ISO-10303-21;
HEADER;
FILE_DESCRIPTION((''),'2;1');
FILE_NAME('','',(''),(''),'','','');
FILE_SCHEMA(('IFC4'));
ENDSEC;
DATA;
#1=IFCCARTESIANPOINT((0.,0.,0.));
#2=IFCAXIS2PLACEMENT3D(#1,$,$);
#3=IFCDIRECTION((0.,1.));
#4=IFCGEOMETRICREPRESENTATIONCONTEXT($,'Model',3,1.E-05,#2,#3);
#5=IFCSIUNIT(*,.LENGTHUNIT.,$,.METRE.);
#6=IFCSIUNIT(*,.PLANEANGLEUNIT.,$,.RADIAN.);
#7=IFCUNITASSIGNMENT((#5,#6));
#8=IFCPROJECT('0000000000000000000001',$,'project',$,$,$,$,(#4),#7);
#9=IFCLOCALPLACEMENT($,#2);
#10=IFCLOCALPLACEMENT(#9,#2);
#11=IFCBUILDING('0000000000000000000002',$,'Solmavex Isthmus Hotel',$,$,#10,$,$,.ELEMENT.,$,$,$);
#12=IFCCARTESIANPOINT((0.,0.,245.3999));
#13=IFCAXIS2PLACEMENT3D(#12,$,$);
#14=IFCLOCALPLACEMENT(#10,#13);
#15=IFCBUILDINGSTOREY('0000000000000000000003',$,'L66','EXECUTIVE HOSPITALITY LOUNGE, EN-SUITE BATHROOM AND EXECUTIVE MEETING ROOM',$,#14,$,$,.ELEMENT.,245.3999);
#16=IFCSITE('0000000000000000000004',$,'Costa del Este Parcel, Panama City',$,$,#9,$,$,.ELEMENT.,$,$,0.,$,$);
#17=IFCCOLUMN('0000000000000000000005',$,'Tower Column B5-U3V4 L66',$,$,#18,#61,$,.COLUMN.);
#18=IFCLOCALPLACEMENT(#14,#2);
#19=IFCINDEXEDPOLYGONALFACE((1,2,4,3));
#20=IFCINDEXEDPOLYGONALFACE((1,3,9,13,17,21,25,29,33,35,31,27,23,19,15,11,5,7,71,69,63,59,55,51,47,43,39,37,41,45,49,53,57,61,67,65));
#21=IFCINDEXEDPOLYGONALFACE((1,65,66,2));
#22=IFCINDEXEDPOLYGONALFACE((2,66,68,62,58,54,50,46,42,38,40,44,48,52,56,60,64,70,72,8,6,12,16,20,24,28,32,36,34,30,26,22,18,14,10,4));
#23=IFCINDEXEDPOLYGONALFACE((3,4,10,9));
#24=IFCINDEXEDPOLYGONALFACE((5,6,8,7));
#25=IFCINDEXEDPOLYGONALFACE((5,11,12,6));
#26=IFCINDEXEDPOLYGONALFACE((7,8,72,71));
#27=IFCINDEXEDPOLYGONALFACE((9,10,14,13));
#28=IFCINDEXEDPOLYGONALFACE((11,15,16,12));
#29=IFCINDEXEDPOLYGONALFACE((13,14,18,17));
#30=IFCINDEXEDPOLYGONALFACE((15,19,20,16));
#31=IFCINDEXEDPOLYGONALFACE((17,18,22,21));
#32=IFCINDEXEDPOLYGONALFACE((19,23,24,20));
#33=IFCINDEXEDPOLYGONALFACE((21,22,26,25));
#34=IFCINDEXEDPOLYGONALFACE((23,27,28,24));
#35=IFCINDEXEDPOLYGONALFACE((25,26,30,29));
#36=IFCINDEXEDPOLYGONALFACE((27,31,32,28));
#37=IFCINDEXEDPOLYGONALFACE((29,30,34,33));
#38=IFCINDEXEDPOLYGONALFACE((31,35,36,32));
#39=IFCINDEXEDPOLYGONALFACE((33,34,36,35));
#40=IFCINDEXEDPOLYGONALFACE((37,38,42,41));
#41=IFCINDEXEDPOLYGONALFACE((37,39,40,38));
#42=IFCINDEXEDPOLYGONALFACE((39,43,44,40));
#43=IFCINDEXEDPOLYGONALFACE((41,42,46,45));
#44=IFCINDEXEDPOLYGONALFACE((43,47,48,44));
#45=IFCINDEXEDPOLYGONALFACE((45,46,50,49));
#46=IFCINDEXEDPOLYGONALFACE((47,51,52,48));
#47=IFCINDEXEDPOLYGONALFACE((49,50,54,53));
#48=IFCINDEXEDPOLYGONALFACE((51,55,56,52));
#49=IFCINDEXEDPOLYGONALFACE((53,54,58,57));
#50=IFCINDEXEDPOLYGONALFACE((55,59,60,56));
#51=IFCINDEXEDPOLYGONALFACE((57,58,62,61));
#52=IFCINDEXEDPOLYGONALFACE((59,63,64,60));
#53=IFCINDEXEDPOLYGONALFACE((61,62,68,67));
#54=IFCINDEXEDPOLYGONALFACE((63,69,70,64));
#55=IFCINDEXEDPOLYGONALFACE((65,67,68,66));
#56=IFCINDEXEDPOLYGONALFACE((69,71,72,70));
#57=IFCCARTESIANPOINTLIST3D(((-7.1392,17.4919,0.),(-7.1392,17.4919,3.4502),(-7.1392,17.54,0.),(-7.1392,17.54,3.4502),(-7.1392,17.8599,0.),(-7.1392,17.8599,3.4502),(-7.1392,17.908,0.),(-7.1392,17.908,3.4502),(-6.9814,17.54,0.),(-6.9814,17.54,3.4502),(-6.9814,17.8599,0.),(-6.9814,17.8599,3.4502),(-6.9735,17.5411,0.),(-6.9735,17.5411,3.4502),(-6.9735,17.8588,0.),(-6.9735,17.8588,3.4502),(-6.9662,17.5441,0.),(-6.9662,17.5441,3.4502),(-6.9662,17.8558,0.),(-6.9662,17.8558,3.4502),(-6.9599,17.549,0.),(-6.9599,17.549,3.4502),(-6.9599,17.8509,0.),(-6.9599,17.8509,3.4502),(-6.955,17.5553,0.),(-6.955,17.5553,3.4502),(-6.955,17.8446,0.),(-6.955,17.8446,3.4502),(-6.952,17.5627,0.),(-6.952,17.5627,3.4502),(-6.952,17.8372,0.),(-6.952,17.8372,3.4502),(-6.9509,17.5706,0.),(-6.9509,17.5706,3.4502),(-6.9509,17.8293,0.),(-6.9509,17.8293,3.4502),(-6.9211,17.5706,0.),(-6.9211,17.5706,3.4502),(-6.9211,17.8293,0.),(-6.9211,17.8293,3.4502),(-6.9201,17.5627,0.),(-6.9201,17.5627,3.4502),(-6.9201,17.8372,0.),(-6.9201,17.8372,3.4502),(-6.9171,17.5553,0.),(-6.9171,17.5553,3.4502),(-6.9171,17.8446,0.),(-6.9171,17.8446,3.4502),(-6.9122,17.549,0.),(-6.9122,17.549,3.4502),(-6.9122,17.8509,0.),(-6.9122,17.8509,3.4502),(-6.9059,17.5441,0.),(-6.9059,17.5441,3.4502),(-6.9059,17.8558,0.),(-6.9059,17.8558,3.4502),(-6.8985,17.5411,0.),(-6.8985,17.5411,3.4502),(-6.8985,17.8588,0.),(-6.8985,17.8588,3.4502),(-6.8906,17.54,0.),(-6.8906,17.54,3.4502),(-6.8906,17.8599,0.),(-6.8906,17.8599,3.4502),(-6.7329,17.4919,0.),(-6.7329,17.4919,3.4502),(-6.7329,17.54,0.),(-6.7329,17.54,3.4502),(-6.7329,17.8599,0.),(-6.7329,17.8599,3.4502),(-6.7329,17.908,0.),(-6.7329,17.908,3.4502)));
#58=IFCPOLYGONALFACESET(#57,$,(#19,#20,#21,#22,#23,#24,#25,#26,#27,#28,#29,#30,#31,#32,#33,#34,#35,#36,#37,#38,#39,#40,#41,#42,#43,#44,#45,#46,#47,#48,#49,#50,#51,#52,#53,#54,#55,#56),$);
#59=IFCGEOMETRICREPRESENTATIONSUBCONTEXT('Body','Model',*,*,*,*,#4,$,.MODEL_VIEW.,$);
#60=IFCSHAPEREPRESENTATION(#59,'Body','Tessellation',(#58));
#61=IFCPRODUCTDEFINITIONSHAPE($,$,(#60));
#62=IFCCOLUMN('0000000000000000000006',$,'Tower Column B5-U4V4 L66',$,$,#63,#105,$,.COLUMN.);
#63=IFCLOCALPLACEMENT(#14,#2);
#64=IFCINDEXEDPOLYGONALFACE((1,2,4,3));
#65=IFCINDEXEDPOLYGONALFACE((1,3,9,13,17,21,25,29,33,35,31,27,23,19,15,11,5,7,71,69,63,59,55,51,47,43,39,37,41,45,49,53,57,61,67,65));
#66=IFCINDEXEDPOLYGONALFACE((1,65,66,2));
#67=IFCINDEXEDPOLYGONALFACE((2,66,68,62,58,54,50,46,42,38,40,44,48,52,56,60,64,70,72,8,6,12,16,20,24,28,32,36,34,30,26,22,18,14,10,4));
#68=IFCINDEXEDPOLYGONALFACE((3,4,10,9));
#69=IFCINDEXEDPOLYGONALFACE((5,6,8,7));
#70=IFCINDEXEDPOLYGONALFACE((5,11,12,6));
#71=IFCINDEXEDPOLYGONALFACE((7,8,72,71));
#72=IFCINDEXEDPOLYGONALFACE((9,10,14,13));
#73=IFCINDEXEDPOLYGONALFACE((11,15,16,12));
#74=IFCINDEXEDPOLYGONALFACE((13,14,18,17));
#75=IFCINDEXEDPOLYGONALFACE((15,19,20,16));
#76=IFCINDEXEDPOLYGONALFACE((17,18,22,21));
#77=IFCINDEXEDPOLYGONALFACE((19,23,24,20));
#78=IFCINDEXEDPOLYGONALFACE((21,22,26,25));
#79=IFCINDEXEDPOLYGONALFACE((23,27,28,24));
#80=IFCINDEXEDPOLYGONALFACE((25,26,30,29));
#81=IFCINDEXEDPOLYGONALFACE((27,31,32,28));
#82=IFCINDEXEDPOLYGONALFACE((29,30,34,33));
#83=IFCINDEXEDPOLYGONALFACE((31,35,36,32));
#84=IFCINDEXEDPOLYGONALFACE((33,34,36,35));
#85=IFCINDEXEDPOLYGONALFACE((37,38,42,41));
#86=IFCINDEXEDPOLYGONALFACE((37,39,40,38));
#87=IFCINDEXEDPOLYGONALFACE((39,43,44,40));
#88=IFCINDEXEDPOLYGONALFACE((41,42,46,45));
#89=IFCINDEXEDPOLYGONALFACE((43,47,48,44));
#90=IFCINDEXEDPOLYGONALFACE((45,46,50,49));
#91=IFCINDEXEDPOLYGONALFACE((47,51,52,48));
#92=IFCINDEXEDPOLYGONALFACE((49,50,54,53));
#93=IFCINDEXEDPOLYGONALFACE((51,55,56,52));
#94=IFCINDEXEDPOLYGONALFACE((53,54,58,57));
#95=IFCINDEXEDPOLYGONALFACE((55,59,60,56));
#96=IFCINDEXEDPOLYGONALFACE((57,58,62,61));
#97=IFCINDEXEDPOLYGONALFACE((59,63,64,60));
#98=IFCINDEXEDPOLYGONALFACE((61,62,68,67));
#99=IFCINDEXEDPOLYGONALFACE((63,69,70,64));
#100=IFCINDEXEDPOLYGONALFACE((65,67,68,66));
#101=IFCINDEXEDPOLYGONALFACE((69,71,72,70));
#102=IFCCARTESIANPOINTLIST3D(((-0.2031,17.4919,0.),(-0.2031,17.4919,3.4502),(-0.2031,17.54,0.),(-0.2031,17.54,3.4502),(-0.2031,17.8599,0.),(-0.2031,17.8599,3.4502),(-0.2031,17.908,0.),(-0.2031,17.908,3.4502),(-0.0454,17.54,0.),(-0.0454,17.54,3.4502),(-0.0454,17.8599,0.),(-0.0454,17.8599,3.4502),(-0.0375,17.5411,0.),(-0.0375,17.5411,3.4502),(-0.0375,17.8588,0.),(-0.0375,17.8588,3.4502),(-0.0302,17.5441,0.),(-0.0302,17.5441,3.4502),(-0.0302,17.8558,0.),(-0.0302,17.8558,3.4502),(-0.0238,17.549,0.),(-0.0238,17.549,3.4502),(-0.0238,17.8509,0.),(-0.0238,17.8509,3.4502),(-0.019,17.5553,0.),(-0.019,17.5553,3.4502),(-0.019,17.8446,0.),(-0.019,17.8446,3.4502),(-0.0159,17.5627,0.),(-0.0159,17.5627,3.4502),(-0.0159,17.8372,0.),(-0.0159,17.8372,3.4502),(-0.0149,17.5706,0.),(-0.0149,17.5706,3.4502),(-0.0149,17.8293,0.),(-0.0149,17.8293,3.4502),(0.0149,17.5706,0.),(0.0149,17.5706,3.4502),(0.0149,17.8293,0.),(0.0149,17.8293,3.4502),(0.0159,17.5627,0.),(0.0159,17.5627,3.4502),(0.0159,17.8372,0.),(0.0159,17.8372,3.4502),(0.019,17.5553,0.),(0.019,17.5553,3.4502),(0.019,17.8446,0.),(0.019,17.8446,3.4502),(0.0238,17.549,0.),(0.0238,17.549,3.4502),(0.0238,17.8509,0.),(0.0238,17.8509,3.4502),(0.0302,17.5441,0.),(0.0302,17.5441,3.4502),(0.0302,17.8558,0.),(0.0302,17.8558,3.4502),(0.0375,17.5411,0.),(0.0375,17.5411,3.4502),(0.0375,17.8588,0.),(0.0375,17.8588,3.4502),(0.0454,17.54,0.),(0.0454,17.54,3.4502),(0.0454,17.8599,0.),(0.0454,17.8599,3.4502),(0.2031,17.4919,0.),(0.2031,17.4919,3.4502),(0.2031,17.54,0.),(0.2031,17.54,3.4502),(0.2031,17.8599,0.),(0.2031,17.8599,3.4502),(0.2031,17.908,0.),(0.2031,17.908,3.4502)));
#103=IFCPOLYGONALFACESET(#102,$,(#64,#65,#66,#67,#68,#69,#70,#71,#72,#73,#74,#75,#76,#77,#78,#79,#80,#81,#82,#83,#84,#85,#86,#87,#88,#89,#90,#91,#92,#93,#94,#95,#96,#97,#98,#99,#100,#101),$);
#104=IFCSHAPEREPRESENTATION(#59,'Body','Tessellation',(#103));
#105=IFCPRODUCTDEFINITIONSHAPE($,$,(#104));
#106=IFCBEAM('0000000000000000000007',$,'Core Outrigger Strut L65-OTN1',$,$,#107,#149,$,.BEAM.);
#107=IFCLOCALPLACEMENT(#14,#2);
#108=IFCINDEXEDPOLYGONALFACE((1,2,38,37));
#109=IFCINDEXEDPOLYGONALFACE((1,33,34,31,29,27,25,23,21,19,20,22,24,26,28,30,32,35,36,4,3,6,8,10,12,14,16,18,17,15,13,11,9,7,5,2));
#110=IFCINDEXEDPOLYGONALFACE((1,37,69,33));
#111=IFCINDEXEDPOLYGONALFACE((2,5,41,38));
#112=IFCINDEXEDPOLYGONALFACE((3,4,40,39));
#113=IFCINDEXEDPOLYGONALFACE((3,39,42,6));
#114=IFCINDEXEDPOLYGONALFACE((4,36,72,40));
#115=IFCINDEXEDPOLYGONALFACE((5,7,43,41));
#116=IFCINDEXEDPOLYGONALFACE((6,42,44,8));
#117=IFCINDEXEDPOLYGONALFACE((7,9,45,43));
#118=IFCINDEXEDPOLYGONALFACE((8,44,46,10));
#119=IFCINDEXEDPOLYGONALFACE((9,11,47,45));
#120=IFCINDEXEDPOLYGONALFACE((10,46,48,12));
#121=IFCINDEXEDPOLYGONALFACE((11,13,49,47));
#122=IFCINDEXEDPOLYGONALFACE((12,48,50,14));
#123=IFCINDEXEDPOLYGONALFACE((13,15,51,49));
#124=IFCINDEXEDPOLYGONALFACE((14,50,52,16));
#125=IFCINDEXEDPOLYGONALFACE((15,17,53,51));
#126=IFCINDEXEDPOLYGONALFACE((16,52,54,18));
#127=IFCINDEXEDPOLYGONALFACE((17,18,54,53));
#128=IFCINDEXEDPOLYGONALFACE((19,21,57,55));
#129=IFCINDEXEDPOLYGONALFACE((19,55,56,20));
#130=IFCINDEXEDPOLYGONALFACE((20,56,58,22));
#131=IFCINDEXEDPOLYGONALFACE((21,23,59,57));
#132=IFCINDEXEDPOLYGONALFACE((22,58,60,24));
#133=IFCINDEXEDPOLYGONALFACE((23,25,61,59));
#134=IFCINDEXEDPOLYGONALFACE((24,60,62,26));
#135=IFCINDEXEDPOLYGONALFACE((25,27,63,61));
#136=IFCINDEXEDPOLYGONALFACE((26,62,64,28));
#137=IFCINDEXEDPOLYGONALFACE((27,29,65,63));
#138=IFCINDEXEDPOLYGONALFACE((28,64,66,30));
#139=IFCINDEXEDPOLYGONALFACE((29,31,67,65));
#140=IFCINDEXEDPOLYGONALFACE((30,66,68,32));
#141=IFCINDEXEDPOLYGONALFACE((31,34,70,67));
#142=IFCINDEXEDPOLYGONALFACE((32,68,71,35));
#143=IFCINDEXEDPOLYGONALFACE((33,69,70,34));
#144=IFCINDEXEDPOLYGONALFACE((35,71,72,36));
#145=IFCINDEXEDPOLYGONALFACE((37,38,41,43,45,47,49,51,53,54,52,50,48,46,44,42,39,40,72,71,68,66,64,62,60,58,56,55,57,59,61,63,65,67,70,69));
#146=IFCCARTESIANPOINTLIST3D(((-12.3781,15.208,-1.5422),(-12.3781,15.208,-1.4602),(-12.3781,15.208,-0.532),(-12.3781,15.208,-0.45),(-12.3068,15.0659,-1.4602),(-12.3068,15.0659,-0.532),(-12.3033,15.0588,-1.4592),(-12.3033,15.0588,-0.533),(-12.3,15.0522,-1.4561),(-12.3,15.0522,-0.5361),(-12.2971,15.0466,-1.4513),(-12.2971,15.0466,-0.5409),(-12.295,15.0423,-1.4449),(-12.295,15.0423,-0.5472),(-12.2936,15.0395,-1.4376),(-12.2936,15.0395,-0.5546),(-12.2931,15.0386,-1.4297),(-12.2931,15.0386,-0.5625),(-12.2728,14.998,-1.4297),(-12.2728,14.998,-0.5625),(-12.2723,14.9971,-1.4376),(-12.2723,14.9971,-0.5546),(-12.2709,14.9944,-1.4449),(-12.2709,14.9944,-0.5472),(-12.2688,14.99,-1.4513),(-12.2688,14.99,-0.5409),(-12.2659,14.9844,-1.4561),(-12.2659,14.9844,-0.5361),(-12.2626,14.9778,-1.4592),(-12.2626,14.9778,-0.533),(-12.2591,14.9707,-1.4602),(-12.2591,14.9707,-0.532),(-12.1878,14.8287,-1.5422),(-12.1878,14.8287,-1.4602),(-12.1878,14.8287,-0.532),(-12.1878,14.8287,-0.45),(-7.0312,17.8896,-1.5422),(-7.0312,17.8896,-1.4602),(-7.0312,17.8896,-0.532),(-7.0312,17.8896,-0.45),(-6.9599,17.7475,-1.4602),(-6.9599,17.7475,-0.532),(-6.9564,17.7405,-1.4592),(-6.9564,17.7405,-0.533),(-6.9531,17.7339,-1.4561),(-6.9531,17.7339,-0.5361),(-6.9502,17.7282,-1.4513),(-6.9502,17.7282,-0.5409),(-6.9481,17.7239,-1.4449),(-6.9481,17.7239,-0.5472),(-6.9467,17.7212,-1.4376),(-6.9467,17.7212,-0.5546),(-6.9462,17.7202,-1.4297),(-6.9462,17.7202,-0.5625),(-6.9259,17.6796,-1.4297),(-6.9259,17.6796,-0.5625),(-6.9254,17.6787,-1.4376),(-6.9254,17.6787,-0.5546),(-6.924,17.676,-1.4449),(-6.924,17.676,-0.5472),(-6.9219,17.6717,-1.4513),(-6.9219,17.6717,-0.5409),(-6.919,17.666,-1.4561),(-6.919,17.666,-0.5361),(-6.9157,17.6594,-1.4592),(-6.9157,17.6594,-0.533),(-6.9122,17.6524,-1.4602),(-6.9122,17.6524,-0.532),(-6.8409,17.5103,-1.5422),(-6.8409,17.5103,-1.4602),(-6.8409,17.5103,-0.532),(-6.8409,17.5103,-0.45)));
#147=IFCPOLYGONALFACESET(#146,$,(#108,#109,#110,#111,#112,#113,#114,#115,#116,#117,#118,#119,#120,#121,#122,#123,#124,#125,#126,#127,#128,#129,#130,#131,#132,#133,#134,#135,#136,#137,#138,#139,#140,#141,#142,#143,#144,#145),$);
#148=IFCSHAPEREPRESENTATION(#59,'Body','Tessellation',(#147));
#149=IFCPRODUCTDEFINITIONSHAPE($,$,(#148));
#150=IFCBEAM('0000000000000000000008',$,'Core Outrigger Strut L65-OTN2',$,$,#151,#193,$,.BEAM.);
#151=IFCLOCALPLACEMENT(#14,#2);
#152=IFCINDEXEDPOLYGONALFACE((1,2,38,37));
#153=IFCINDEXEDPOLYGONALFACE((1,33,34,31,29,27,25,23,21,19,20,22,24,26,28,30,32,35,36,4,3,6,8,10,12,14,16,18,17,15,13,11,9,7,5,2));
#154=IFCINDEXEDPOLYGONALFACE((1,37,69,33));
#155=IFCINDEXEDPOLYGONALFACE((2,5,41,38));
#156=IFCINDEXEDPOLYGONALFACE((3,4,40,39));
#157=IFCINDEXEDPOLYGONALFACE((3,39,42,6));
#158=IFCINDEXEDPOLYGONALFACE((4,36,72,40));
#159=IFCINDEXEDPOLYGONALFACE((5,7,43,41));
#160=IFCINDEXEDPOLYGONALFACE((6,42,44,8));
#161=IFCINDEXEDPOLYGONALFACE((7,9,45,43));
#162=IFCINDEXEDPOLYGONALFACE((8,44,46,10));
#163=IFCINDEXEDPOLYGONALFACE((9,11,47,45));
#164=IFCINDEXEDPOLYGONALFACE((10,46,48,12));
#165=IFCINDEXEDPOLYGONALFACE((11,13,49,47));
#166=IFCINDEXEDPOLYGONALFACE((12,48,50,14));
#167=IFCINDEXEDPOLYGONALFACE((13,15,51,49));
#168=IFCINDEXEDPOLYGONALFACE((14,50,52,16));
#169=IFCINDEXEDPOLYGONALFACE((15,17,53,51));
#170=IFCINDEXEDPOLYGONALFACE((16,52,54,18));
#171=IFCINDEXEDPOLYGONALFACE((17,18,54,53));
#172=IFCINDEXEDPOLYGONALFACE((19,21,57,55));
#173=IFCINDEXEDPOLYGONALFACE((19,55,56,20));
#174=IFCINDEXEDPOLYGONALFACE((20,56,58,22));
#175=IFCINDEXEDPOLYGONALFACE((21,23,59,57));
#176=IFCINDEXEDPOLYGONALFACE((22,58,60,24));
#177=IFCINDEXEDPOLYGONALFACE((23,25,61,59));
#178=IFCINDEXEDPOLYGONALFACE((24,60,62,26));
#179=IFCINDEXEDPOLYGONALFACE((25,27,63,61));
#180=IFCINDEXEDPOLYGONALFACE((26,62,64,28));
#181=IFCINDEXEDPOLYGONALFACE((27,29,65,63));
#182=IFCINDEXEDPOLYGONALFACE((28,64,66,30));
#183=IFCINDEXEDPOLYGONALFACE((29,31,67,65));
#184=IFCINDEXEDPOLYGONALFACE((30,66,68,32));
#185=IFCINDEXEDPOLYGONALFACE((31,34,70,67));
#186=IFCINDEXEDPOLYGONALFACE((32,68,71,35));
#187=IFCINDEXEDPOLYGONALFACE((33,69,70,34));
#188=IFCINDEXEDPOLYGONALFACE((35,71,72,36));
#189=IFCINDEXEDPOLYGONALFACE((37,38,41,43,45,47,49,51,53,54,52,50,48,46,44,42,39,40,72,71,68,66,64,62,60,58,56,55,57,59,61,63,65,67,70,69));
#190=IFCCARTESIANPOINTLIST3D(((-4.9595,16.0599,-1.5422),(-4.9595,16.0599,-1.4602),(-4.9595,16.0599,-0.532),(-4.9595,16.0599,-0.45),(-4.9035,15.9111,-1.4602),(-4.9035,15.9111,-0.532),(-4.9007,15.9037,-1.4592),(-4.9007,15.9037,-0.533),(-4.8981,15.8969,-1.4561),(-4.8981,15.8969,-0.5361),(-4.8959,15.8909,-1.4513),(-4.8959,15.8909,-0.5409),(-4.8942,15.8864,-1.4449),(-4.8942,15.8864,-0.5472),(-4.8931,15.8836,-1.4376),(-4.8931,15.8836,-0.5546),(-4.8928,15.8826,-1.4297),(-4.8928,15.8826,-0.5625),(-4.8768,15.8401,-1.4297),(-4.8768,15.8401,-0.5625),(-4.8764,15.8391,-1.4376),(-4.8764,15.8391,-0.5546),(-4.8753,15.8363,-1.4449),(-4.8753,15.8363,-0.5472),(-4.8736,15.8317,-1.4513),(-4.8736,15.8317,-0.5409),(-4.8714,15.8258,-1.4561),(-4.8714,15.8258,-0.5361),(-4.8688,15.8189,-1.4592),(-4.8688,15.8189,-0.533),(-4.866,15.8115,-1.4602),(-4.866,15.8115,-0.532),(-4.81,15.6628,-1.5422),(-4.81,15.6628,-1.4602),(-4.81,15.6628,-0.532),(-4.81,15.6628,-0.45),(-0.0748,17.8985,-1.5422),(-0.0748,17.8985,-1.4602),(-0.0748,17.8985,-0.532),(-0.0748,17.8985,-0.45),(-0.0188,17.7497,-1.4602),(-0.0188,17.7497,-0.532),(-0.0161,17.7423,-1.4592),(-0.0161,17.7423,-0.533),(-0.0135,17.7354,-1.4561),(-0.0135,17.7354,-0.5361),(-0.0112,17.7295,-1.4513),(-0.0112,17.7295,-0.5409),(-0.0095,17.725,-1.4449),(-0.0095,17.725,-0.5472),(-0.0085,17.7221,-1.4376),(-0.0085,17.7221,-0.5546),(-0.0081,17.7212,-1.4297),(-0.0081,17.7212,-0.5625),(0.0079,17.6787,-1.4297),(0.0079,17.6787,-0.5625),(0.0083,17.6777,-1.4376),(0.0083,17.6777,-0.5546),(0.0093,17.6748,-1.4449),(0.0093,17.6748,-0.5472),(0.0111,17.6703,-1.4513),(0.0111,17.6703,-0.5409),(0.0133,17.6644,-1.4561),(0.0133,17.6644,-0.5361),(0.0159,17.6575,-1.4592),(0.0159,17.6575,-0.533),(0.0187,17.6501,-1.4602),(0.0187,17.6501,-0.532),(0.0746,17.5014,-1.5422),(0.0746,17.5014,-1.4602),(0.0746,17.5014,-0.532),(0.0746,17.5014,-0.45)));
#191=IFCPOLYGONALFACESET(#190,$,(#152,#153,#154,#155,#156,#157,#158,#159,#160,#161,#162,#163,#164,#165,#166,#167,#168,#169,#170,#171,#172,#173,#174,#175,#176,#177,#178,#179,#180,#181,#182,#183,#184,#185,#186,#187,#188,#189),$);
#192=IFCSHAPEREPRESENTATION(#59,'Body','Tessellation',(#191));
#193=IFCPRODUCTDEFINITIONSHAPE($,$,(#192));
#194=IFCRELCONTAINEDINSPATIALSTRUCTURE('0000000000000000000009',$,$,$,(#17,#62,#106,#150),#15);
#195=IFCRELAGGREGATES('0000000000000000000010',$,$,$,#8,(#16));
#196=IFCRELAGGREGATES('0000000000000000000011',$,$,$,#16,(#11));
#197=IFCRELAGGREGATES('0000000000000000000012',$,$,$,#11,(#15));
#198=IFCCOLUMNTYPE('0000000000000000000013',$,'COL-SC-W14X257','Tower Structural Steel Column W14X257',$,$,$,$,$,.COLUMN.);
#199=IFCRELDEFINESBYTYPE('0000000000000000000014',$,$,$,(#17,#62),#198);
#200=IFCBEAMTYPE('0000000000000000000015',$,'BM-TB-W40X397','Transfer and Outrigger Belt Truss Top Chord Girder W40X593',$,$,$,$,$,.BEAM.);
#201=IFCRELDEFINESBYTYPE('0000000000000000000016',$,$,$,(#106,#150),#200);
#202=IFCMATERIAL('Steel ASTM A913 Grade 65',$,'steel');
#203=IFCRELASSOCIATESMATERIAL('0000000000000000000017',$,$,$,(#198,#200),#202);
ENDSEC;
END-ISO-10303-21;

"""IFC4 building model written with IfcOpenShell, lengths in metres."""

from ifc_helpers import new_model, si_unit, direction, frame, origin, origin_2d, place, context, subcontext, project, spatial, i_section, extrude, material, material_profile, profile_set, type_object, element, save


model = new_model("IFC4")

# Units and contexts
model_context = context("Model", 3, precision=1e-05, world=origin(), true_north=direction((0.0, 1.0)))
body_context = subcontext(model_context, "Body", "Model", "MODEL_VIEW")
ifc_project = project(units=[si_unit("LENGTHUNIT", "METRE"), si_unit("PLANEANGLEUNIT", "RADIAN")], contexts=[model_context])

# Site, building, storey
site_placement = place(None, origin())
site = spatial("IfcSite", under=ifc_project, at=site_placement, Name="Costa del Este Parcel, Panama City", CompositionType="ELEMENT", RefElevation=0.0)
building_placement = place(site_placement, origin())
building = spatial("IfcBuilding", under=site, at=building_placement, Name="Solmavex Isthmus Hotel", CompositionType="ELEMENT")
storey_placement = place(building_placement, frame((0.0, 0.0, 245.3999)))
storey = spatial("IfcBuildingStorey", under=building, at=storey_placement, Name="L66", Description="EXECUTIVE HOSPITALITY LOUNGE, EN-SUITE BATHROOM AND EXECUTIVE MEETING ROOM", CompositionType="ELEMENT", Elevation=245.3999)

# Columns
ifc_material_1 = material(Name="Steel ASTM A913 Grade 65", Category="steel")
ifc_material_profile_1 = material_profile(ifc_material_1, i_section(OverallWidth=0.4062, OverallDepth=0.416, WebThickness=0.0298, FlangeThickness=0.0481, FilletRadius=0.0305, at=origin_2d()), Name="W14X257")
ifc_profile_set_1 = profile_set([ifc_material_profile_1], Name="Steel ASTM A913 Grade 65")
column_type = type_object("IfcColumnType", Name="COL-SC-W14X257", Description="Tower Structural Steel Column W14X257", PredefinedType="COLUMN", material=ifc_profile_set_1)
for number, where, z_axis, x_axis, name in (
    (1, (-6.936, 17.7, 0.0), (0.0, 0.0, 1.0), (1.0, 0.0, 0.0), "Tower Column B5-U3V4 L66"),
    (2, (0.0, 17.7, 0.0), (0.0, 0.0, 1.0), (1.0, 0.0, 0.0), "Tower Column B5-U4V4 L66"),
):
    element("IfcColumn", number, at=place(storey_placement, frame(where, z_axis=z_axis, x_axis=x_axis)), inside=storey, type_object=column_type, Name=name, PredefinedType="COLUMN", context=body_context, shape_type="SweptSolid", body=[
        extrude(i_section(OverallWidth=0.4062, OverallDepth=0.416, WebThickness=0.0298, FlangeThickness=0.0481, FilletRadius=0.0305, at=origin_2d()), origin(), (0.0, 0.0, 1.0), 3.4502),
    ])

# Beams
ifc_material_profile_2 = material_profile(ifc_material_1, i_section(OverallWidth=0.4243, OverallDepth=1.0923, WebThickness=0.0454, FlangeThickness=0.082, FilletRadius=0.0305, at=origin_2d()), Name="W40X593")
ifc_profile_set_2 = profile_set([ifc_material_profile_2], Name="Steel ASTM A913 Grade 65")
beam_type_1 = type_object("IfcBeamType", Name="BM-TB-W40X397", Description="Transfer and Outrigger Belt Truss Top Chord Girder W40X593", PredefinedType="BEAM", material=ifc_profile_set_2)
beam_1_placement = place(storey_placement, frame((-12.283, 15.0183, -0.9961), z_axis=(0.89388, 0.448307, 0.0), x_axis=(-0.448307, 0.89388, 0.0)))
element("IfcBeam", 3, at=beam_1_placement, inside=storey, type_object=beam_type_1, Name="Core Outrigger Strut L65-OTN1", PredefinedType="BEAM", context=body_context, shape_type="SweptSolid", body=[
    extrude(i_section(OverallWidth=0.4243, OverallDepth=1.0923, WebThickness=0.0454, FlangeThickness=0.082, FilletRadius=0.0305, at=origin_2d()), origin(), (0.0, 0.0, 1.0), 5.9817),
])
beam_2_placement = place(storey_placement, frame((-4.8848, 15.8613, -0.9961), z_axis=(0.935898, 0.352271, 0.0), x_axis=(-0.352271, 0.935898, 0.0)))
element("IfcBeam", 4, at=beam_2_placement, inside=storey, type_object=beam_type_1, Name="Core Outrigger Strut L65-OTN2", PredefinedType="BEAM", context=body_context, shape_type="SweptSolid", body=[
    extrude(i_section(OverallWidth=0.4243, OverallDepth=1.0923, WebThickness=0.0454, FlangeThickness=0.082, FilletRadius=0.0305, at=origin_2d()), origin(), (0.0, 0.0, 1.0), 5.2192),
])

save(model, "model.ifc")
